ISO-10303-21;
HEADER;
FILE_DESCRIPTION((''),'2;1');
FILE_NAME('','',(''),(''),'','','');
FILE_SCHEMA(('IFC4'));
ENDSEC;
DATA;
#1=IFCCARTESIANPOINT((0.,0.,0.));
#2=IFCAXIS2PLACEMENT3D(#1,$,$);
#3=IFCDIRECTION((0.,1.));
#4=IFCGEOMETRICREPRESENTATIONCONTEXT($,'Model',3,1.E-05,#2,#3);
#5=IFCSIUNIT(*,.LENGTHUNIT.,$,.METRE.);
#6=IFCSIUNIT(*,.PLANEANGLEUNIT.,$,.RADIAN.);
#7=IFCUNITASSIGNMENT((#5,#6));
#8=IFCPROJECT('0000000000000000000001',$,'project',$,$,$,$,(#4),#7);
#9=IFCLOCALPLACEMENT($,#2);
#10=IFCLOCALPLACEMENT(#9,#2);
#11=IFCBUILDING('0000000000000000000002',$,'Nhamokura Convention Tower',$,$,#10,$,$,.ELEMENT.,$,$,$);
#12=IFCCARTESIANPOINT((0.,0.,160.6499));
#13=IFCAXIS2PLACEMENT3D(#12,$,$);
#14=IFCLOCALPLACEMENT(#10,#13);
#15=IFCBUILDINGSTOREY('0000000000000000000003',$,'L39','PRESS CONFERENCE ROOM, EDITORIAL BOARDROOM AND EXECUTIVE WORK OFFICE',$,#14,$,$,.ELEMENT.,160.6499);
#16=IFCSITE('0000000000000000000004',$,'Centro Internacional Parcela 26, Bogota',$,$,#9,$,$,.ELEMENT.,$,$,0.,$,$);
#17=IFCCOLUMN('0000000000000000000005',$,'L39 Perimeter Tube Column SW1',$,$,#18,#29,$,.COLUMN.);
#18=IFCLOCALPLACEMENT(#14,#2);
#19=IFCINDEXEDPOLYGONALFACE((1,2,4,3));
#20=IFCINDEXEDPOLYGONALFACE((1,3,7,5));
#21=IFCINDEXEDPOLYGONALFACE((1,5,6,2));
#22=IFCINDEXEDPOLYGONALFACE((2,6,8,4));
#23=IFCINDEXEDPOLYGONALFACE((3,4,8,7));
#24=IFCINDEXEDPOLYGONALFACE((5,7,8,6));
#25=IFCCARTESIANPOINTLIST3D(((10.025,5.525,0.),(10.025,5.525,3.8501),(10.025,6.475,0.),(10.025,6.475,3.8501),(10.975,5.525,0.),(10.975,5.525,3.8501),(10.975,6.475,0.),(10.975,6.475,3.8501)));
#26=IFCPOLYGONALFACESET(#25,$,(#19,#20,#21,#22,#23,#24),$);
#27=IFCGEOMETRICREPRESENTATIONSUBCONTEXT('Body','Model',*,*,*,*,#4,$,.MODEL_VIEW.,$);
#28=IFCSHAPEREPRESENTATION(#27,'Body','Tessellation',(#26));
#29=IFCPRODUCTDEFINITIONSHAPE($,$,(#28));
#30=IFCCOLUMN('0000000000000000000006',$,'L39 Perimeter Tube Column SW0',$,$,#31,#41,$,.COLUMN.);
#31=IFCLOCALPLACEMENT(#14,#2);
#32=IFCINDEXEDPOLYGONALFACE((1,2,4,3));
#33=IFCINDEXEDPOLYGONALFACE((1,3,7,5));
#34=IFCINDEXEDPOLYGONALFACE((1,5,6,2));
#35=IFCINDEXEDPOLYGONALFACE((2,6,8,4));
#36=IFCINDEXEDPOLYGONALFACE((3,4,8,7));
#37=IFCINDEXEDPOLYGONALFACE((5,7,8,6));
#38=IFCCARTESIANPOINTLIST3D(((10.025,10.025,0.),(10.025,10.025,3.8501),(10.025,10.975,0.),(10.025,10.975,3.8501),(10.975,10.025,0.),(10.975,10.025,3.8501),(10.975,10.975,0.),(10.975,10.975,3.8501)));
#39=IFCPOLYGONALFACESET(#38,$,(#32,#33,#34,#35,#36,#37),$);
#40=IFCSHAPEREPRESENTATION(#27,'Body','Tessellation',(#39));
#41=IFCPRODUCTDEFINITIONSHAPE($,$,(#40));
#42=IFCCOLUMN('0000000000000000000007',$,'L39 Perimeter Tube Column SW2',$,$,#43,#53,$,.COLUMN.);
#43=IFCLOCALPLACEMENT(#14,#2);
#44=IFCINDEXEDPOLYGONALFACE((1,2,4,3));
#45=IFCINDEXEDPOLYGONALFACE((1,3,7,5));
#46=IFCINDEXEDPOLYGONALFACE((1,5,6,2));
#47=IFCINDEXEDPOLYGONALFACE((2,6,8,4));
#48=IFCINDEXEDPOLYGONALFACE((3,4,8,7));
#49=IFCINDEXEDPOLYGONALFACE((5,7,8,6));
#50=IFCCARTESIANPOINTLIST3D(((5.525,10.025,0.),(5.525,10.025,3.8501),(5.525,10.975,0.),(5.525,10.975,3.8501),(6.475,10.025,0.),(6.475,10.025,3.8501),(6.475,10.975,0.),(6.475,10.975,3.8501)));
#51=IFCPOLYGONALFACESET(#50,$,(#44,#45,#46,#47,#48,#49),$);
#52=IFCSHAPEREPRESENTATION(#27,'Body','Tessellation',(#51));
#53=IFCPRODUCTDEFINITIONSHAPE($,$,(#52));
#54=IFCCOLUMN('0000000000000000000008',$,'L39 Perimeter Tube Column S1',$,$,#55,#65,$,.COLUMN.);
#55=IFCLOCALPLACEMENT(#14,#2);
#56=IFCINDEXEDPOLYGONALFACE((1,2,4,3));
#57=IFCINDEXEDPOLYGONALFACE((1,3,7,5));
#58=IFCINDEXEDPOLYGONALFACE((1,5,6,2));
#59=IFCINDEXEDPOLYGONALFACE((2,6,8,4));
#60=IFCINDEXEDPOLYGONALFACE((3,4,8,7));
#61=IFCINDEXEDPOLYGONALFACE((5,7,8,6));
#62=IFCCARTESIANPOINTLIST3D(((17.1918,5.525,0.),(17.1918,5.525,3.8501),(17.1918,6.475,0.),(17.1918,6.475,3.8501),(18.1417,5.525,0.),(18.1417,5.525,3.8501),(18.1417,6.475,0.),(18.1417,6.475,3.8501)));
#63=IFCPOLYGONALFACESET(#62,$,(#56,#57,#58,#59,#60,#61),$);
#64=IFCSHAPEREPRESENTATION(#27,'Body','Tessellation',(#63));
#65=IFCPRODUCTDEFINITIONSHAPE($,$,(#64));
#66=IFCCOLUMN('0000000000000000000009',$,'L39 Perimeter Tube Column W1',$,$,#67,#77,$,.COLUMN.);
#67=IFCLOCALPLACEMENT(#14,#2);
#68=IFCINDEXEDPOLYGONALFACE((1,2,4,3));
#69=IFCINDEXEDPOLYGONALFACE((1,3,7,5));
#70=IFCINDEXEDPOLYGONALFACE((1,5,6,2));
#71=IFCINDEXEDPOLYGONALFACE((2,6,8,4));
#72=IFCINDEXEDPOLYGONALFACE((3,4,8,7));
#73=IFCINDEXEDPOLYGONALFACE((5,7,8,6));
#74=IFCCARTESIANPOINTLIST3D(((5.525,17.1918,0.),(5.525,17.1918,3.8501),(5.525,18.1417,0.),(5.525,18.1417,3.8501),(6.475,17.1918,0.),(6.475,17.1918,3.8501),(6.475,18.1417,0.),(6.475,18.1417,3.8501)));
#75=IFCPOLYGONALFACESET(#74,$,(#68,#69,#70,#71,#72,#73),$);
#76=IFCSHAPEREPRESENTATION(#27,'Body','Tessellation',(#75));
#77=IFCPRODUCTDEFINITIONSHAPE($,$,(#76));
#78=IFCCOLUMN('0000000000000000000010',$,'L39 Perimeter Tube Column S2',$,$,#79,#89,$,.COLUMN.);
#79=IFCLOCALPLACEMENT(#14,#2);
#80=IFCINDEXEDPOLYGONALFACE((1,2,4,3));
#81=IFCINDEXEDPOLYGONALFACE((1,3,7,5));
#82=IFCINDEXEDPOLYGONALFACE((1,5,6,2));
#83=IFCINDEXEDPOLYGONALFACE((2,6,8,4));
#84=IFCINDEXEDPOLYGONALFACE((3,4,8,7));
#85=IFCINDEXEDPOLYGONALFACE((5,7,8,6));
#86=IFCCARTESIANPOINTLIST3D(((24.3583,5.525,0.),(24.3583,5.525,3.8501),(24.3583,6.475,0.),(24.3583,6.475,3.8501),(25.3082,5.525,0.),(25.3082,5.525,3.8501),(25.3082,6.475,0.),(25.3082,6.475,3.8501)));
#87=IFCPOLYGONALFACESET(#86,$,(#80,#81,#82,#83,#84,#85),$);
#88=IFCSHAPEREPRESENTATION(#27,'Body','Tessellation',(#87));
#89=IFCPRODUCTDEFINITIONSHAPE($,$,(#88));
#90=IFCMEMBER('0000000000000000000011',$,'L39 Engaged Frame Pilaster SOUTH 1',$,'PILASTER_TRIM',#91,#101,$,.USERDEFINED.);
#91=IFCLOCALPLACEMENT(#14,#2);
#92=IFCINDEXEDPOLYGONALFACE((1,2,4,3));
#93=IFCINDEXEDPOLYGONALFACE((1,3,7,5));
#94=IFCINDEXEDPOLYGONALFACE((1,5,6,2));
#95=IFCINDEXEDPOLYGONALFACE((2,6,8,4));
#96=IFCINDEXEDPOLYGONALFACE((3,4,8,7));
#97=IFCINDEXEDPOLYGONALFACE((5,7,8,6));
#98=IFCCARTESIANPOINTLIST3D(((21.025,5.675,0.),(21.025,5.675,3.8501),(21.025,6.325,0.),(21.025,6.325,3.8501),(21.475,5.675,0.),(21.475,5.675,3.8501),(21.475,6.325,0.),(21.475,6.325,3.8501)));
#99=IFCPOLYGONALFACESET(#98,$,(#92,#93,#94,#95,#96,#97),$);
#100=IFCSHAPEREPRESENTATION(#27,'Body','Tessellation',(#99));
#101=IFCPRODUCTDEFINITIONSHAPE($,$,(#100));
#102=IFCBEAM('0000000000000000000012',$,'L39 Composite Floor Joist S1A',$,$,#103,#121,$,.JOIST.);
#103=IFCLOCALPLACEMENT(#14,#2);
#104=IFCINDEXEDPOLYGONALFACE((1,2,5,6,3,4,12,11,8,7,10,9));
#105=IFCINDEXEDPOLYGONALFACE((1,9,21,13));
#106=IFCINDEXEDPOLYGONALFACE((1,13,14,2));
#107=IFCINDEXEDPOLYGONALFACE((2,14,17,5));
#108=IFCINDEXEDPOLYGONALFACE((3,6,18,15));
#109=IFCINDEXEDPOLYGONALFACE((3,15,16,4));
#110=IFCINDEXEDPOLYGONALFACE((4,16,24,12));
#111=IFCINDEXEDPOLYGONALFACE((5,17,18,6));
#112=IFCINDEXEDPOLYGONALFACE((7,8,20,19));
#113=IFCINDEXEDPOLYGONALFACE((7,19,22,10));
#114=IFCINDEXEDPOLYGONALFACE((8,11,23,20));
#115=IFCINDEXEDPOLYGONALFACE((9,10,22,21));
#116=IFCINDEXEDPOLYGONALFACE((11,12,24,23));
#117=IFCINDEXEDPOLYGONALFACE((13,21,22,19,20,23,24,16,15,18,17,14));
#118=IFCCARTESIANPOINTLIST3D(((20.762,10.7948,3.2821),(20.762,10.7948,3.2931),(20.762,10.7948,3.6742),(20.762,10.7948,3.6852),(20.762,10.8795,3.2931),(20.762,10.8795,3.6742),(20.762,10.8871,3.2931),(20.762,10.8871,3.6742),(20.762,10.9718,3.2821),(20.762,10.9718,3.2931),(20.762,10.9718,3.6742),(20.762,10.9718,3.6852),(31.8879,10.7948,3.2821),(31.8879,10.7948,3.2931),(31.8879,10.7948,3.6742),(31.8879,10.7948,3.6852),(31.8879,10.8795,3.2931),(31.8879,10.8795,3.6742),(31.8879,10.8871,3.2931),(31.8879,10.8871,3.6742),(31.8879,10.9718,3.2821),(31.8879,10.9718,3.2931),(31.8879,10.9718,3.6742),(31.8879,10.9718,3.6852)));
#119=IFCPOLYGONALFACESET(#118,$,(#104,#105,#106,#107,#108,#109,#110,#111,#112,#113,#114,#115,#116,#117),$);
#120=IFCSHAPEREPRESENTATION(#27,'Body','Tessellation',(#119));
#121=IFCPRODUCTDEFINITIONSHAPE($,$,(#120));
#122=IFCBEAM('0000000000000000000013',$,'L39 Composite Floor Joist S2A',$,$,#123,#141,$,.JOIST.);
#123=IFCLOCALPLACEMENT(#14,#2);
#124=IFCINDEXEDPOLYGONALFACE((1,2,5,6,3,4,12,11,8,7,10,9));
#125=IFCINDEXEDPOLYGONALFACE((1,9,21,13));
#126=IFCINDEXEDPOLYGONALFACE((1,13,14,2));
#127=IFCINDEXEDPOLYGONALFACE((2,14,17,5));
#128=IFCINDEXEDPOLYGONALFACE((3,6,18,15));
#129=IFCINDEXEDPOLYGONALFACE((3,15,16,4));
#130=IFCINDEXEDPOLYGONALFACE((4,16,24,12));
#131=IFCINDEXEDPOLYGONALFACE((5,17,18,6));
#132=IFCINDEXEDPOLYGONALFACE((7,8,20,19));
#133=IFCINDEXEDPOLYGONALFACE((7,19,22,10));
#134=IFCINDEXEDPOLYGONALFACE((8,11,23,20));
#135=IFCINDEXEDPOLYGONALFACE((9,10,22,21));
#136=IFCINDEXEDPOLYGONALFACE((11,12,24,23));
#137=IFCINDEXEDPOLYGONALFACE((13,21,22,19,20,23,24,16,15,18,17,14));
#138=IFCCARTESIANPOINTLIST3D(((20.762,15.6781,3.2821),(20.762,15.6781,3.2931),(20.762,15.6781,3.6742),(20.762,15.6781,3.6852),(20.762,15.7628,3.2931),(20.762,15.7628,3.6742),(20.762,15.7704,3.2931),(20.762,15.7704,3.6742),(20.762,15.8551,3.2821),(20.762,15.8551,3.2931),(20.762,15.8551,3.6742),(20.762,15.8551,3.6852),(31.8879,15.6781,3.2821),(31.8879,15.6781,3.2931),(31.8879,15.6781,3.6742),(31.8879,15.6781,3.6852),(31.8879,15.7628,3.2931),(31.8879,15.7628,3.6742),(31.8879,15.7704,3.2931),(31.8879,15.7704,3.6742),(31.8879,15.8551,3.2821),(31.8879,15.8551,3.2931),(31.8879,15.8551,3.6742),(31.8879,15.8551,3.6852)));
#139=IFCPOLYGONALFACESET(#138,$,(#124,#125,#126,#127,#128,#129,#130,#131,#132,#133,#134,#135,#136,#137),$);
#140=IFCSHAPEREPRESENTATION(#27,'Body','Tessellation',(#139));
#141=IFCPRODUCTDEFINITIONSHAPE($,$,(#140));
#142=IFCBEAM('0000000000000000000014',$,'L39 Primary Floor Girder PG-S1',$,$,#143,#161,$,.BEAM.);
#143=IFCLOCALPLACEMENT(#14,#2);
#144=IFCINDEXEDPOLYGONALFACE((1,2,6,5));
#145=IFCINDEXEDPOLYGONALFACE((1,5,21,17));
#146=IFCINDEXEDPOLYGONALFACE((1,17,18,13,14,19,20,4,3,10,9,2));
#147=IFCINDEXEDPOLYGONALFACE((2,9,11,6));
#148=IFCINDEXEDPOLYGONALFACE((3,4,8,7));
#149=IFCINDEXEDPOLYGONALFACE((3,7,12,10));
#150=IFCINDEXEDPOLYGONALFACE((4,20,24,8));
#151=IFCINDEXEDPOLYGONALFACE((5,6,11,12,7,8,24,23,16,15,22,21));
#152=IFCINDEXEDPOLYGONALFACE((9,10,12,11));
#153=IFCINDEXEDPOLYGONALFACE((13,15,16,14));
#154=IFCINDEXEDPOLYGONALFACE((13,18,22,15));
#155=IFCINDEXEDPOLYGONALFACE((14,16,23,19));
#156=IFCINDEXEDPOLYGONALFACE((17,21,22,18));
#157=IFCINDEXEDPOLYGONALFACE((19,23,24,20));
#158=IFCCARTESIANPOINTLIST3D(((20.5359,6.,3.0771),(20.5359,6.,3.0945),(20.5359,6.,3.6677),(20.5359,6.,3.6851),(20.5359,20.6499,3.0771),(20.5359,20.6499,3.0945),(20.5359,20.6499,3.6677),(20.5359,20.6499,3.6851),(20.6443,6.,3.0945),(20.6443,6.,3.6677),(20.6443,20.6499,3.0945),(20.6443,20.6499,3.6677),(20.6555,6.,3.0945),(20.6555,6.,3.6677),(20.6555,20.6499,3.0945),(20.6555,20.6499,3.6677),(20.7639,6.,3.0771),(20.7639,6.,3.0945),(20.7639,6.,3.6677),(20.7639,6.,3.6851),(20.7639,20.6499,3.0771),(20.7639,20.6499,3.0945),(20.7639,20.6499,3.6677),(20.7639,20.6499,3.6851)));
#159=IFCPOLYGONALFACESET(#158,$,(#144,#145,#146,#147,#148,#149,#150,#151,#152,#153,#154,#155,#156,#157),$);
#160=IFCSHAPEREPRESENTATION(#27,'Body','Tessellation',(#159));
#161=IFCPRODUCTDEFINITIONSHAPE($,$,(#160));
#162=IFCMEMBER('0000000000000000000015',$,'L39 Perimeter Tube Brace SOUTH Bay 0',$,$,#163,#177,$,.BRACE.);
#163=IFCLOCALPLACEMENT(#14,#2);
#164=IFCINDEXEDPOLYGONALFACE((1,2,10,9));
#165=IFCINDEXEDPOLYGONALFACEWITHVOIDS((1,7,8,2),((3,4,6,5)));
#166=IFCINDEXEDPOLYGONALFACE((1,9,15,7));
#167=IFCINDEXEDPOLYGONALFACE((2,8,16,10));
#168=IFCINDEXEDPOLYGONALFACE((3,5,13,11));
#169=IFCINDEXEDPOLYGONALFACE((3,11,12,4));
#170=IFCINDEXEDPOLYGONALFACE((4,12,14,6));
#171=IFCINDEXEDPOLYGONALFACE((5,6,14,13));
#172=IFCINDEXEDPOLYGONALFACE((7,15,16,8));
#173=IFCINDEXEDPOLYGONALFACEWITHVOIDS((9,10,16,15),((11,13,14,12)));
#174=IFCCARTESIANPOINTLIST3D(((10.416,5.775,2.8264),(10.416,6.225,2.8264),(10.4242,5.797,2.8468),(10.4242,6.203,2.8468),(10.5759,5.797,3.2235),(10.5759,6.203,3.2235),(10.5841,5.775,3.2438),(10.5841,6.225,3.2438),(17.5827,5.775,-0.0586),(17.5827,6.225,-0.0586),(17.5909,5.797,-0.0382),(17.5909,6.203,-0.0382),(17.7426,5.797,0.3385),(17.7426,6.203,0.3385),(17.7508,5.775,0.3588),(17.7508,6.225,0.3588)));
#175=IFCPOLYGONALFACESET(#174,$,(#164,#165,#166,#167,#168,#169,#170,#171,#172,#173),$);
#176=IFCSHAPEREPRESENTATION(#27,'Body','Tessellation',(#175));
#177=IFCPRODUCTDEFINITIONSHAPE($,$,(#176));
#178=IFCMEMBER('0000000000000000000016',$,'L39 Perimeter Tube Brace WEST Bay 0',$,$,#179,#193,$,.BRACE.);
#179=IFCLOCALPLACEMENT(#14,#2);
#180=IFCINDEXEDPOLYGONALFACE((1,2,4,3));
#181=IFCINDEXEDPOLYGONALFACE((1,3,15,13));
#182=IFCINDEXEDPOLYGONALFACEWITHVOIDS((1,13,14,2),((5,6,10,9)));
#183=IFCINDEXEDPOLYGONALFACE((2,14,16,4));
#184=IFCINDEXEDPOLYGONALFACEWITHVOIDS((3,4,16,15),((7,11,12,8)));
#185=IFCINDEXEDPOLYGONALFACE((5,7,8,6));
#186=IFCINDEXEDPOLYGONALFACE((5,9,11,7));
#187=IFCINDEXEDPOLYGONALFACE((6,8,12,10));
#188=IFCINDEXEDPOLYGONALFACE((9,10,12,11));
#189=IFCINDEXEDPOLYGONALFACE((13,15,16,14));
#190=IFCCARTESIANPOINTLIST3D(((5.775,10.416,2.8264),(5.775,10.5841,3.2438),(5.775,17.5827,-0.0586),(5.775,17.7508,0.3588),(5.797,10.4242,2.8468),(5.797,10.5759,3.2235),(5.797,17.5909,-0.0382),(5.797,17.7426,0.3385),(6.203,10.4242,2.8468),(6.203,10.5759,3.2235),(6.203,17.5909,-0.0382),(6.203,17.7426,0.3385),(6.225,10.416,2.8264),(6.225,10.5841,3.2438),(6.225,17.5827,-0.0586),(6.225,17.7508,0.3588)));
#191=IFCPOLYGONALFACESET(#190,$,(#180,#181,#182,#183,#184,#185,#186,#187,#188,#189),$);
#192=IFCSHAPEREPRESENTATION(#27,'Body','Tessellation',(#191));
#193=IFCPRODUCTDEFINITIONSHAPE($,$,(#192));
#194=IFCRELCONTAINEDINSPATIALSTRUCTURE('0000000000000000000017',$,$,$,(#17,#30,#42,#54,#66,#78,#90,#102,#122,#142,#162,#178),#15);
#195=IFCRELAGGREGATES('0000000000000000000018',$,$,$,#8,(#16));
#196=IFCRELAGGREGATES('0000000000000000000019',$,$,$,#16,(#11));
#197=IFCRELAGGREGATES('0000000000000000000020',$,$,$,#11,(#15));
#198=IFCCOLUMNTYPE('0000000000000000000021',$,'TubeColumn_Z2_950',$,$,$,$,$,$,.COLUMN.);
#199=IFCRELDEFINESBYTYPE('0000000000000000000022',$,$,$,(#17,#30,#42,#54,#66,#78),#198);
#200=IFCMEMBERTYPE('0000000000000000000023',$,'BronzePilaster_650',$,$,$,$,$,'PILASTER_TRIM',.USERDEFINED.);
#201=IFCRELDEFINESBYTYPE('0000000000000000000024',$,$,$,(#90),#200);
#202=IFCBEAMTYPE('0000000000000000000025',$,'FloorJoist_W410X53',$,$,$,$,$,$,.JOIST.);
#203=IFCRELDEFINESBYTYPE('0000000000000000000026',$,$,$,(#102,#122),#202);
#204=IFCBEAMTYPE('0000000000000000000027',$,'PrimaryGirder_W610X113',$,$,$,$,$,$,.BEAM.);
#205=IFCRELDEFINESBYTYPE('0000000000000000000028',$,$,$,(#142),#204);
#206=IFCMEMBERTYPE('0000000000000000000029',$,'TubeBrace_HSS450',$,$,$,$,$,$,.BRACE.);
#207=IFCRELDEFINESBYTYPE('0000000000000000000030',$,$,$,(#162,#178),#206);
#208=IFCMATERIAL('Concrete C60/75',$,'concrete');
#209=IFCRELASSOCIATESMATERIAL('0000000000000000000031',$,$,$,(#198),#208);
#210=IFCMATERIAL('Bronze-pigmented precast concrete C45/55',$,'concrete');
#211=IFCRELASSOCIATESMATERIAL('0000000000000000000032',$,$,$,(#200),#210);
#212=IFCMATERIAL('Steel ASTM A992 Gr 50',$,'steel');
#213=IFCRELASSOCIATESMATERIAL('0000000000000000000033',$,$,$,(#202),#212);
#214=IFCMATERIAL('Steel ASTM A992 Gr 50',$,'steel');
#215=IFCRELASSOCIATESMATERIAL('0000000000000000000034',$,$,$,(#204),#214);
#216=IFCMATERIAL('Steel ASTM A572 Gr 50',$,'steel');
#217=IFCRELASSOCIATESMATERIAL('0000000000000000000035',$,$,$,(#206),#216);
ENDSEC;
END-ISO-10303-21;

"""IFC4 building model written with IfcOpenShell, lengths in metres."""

from ifc_helpers import new_model, si_unit, direction, frame, origin, origin_2d, place, context, subcontext, project, spatial, rectangle, hollow_rectangle, i_section, extrude, material, material_profile, profile_set, type_object, element, save


model = new_model("IFC4")

# Units and contexts
model_context = context("Model", 3, precision=1e-05, world=origin(), true_north=direction((0.0, 1.0)))
body_context = subcontext(model_context, "Body", "Model", "MODEL_VIEW")
ifc_project = project(units=[si_unit("LENGTHUNIT", "METRE"), si_unit("PLANEANGLEUNIT", "RADIAN")], contexts=[model_context])

# Site, building, storey
site_placement = place(None, origin())
site = spatial("IfcSite", under=ifc_project, at=site_placement, Name="Centro Internacional Parcela 26, Bogota", CompositionType="ELEMENT", RefElevation=0.0)
building_placement = place(site_placement, origin())
building = spatial("IfcBuilding", under=site, at=building_placement, Name="Nhamokura Convention Tower", CompositionType="ELEMENT")
storey_placement = place(building_placement, frame((0.0, 0.0, 160.6499)))
storey = spatial("IfcBuildingStorey", under=building, at=storey_placement, Name="L39", Description="PRESS CONFERENCE ROOM, EDITORIAL BOARDROOM AND EXECUTIVE WORK OFFICE", CompositionType="ELEMENT", Elevation=160.6499)

# Columns
ifc_material_1 = material(Name="Concrete C60/75", Category="concrete")
ifc_material_profile_1 = material_profile(ifc_material_1, rectangle(XDim=0.95, YDim=0.95, at=origin_2d()))
ifc_profile_set_1 = profile_set([ifc_material_profile_1], Name="Concrete C60/75")
column_type = type_object("IfcColumnType", Name="TubeColumn_Z2_950", PredefinedType="COLUMN", material=ifc_profile_set_1)
for number, where, z_axis, x_axis, name in (
    (1, (10.5, 6.0, 0.0), (0.0, 0.0, 1.0), (1.0, 0.0, 0.0), "L39 Perimeter Tube Column SW1"),
    (2, (10.5, 10.5, 0.0), (0.0, 0.0, 1.0), (1.0, 0.0, 0.0), "L39 Perimeter Tube Column SW0"),
    (3, (6.0, 10.5, 0.0), (0.0, 0.0, 1.0), (1.0, 0.0, 0.0), "L39 Perimeter Tube Column SW2"),
    (4, (17.6667, 6.0, 0.0), (0.0, 0.0, 1.0), (1.0, 0.0, 0.0), "L39 Perimeter Tube Column S1"),
    (5, (6.0, 17.6667, 0.0), (0.0, 0.0, 1.0), (1.0, 0.0, 0.0), "L39 Perimeter Tube Column W1"),
    (6, (24.8333, 6.0, 0.0), (0.0, 0.0, 1.0), (1.0, 0.0, 0.0), "L39 Perimeter Tube Column S2"),
):
    element("IfcColumn", number, at=place(storey_placement, frame(where, z_axis=z_axis, x_axis=x_axis)), inside=storey, type_object=column_type, Name=name, PredefinedType="COLUMN", context=body_context, shape_type="SweptSolid", body=[
        extrude(rectangle(XDim=0.95, YDim=0.95, at=origin_2d()), origin(), (0.0, 0.0, 1.0), 3.8501),
    ])

# Member
ifc_material_2 = material(Name="Bronze-pigmented precast concrete C45/55", Category="concrete")
ifc_material_profile_2 = material_profile(ifc_material_2, rectangle(XDim=0.45, YDim=0.6499, at=origin_2d()))
ifc_profile_set_2 = profile_set([ifc_material_profile_2], Name="Bronze-pigmented precast concrete C45/55")
member_type_1 = type_object("IfcMemberType", Name="BronzePilaster_650", ElementType="PILASTER_TRIM", PredefinedType="USERDEFINED", material=ifc_profile_set_2)
member_placement = place(storey_placement, frame((21.25, 6.0, 0.0), z_axis=(0.0, 0.0, 1.0), x_axis=(1.0, 0.0, 0.0)))
element("IfcMember", 7, at=member_placement, inside=storey, type_object=member_type_1, Name="L39 Engaged Frame Pilaster SOUTH 1", ObjectType="PILASTER_TRIM", PredefinedType="USERDEFINED", context=body_context, shape_type="SweptSolid", body=[
    extrude(rectangle(XDim=0.45, YDim=0.6499, at=origin_2d()), origin(), (0.0, 0.0, 1.0), 3.8501),
])

# Beams
ifc_material_3 = material(Name="Steel ASTM A992 Gr 50", Category="steel")
ifc_material_profile_3 = material_profile(ifc_material_3, i_section(OverallWidth=0.177, OverallDepth=0.4031, WebThickness=0.0076, FlangeThickness=0.011, at=origin_2d()))
ifc_profile_set_3 = profile_set([ifc_material_profile_3], Name="Steel ASTM A992 Gr 50")
beam_type_1 = type_object("IfcBeamType", Name="FloorJoist_W410X53", PredefinedType="JOIST", material=ifc_profile_set_3)
for number, where, z_axis, x_axis, name in (
    (8, (20.762, 10.8833, 3.4836), (1.0, 0.0, 0.0), (0.0, 1.0, 0.0), "L39 Composite Floor Joist S1A"),
    (9, (20.762, 15.7666, 3.4836), (1.0, 0.0, 0.0), (0.0, 1.0, 0.0), "L39 Composite Floor Joist S2A"),
):
    element("IfcBeam", number, at=place(storey_placement, frame(where, z_axis=z_axis, x_axis=x_axis)), inside=storey, type_object=beam_type_1, Name=name, PredefinedType="JOIST", context=body_context, shape_type="SweptSolid", body=[
        extrude(i_section(OverallWidth=0.177, OverallDepth=0.4031, WebThickness=0.0076, FlangeThickness=0.011, at=origin_2d()), origin(), (0.0, 0.0, 1.0), 11.126),
    ])
ifc_material_4 = material(Name="Steel ASTM A992 Gr 50", Category="steel")
ifc_material_profile_4 = material_profile(ifc_material_4, i_section(OverallWidth=0.228, OverallDepth=0.6079, WebThickness=0.0112, FlangeThickness=0.0173, at=origin_2d()))
ifc_profile_set_4 = profile_set([ifc_material_profile_4], Name="Steel ASTM A992 Gr 50")
beam_type_2 = type_object("IfcBeamType", Name="PrimaryGirder_W610X113", PredefinedType="BEAM", material=ifc_profile_set_4)
beam_1_placement = place(storey_placement, frame((20.6499, 6.0, 3.3811), z_axis=(0.0, 1.0, 0.0), x_axis=(-1.0, 0.0, 0.0)))
element("IfcBeam", 10, at=beam_1_placement, inside=storey, type_object=beam_type_2, Name="L39 Primary Floor Girder PG-S1", PredefinedType="BEAM", context=body_context, shape_type="SweptSolid", body=[
    extrude(i_section(OverallWidth=0.228, OverallDepth=0.6079, WebThickness=0.0112, FlangeThickness=0.0173, at=origin_2d()), origin(), (0.0, 0.0, 1.0), 14.6499),
])

# Members
ifc_material_5 = material(Name="Steel ASTM A572 Gr 50", Category="steel")
ifc_material_profile_5 = material_profile(ifc_material_5, hollow_rectangle(XDim=0.45, YDim=0.45, WallThickness=0.022, at=origin_2d()))
ifc_profile_set_5 = profile_set([ifc_material_profile_5], Name="Steel ASTM A572 Gr 50")
member_type_2 = type_object("IfcMemberType", Name="TubeBrace_HSS450", PredefinedType="BRACE", material=ifc_profile_set_5)
for number, where, z_axis, x_axis, name in (
    (11, (17.6667, 6.0, 0.1501), (-0.927657, 0.0, 0.373433), (0.0, -1.0, 0.0), "L39 Perimeter Tube Brace SOUTH Bay 0"),
    (12, (6.0, 17.6667, 0.1501), (0.0, -0.927657, 0.373433), (1.0, 0.0, 0.0), "L39 Perimeter Tube Brace WEST Bay 0"),
):
    element("IfcMember", number, at=place(storey_placement, frame(where, z_axis=z_axis, x_axis=x_axis)), inside=storey, type_object=member_type_2, Name=name, PredefinedType="BRACE", context=body_context, shape_type="SweptSolid", body=[
        extrude(hollow_rectangle(XDim=0.45, YDim=0.45, WallThickness=0.022, at=origin_2d()), origin(), (0.0, 0.0, 1.0), 7.7256),
    ])

save(model, "model.ifc")
